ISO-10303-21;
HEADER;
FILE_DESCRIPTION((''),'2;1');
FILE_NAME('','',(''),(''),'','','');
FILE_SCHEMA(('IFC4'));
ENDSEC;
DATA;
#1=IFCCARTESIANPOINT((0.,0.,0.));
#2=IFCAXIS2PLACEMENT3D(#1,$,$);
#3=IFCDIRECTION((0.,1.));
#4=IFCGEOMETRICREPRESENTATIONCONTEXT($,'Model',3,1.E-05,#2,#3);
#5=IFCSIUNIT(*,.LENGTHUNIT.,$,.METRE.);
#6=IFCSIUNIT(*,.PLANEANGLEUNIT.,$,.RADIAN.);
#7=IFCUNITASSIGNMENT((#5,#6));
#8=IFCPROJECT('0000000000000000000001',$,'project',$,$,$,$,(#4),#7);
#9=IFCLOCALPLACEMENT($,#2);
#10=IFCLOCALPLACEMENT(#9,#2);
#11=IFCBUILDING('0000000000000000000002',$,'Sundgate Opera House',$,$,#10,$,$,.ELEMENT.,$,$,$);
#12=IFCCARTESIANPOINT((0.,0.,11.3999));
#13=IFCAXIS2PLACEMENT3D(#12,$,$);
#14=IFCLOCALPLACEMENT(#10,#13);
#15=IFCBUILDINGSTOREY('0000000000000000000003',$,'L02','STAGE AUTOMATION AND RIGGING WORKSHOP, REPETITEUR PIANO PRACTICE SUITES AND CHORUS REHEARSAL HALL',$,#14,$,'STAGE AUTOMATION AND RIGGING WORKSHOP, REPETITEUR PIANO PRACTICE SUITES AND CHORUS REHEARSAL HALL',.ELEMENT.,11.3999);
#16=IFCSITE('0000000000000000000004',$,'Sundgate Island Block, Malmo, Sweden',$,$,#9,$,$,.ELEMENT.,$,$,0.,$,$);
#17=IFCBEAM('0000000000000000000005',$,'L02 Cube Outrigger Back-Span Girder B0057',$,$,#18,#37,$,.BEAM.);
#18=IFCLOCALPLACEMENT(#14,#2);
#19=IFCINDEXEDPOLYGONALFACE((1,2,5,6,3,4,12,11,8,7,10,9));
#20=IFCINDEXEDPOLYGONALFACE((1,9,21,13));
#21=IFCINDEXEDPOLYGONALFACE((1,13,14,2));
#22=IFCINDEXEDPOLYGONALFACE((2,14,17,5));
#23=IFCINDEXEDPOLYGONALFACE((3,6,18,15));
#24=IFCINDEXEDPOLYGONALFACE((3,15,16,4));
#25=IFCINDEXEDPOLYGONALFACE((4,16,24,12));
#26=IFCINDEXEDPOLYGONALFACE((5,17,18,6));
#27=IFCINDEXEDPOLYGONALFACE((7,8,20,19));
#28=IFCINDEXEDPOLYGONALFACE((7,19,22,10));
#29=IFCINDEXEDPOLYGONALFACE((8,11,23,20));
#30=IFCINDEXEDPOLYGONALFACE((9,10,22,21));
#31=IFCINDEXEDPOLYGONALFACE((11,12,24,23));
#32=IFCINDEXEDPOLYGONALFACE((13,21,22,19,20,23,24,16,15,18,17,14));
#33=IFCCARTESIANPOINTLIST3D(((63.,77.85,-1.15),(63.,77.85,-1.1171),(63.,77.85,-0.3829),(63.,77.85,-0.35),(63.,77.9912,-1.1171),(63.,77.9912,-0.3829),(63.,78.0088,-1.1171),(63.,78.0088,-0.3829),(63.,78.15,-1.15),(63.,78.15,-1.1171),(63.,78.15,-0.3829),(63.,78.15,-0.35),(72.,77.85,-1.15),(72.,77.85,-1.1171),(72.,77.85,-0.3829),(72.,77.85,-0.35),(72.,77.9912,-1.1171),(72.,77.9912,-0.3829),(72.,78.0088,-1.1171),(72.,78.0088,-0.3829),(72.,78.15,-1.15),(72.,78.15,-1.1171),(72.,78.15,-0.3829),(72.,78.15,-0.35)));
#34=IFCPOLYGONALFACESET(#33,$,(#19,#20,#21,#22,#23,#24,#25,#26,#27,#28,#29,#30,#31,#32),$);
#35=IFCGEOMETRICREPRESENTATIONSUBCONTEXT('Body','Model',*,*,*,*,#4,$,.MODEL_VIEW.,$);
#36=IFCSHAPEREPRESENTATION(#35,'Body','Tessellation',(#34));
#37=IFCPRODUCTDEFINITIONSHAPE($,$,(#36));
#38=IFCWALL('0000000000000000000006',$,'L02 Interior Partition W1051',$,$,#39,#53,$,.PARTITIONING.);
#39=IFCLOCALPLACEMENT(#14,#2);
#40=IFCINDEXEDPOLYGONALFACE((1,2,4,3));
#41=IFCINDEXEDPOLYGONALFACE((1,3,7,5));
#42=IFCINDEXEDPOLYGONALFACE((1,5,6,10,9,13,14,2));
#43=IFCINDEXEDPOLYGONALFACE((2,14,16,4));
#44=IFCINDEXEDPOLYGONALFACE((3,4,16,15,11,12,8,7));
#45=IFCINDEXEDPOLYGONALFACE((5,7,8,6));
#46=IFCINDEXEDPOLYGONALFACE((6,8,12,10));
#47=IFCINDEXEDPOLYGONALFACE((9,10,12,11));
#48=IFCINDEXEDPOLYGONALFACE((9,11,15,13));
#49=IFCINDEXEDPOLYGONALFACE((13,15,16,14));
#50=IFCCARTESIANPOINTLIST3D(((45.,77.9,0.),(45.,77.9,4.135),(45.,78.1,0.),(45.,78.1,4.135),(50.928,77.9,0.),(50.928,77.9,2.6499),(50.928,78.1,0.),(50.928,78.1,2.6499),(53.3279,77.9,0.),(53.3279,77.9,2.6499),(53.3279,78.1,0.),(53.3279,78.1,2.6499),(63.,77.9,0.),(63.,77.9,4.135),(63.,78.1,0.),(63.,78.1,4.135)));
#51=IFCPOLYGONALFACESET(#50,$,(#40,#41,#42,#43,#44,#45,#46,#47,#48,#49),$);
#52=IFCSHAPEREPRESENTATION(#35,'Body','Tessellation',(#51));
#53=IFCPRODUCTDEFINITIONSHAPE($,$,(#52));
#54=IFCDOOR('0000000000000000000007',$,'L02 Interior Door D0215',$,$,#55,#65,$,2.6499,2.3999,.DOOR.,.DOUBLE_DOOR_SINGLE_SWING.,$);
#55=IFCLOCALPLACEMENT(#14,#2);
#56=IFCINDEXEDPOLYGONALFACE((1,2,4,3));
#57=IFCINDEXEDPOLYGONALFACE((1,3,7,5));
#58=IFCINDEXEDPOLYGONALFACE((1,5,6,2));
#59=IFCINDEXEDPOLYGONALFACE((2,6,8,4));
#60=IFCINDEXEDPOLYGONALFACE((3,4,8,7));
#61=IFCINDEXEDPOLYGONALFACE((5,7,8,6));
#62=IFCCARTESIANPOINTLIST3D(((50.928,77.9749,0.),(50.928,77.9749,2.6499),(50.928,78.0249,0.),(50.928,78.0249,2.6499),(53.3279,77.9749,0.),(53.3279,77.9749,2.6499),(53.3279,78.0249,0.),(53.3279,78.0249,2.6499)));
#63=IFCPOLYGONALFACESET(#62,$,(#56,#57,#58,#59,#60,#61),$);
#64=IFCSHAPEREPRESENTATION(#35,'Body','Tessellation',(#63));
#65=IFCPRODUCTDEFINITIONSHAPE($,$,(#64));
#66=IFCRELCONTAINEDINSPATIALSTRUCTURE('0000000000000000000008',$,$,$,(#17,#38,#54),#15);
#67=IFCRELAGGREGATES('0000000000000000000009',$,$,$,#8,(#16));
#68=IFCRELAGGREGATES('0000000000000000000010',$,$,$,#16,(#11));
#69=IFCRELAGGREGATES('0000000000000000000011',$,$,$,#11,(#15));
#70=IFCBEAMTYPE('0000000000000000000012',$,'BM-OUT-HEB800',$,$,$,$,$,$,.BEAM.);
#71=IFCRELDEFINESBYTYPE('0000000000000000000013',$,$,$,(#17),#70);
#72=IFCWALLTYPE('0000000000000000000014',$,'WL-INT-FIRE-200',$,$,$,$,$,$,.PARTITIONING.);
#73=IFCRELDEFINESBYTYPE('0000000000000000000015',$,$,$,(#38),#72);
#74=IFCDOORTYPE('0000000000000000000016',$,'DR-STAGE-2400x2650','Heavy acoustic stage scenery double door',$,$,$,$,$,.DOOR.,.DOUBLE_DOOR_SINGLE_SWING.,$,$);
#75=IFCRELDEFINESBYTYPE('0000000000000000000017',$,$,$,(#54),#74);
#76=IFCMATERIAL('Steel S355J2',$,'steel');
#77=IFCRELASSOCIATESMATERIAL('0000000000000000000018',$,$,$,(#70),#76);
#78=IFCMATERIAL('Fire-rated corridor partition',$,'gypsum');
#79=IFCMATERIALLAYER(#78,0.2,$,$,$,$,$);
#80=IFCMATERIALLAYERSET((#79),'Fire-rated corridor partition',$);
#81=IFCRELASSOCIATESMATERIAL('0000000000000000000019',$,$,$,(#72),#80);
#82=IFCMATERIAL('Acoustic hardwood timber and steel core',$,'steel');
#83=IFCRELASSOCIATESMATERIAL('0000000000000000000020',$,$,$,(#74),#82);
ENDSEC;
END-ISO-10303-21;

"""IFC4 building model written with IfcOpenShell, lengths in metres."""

from ifc_helpers import new_model, si_unit, direction, frame, frame_2d, origin, origin_2d, place, context, subcontext, project, spatial, rectangle, i_section, extrude, material, layer, layer_set, material_profile, profile_set, type_object, element, fill, save


model = new_model("IFC4")

# Units and contexts
model_context = context("Model", 3, precision=1e-05, world=origin(), true_north=direction((0.0, 1.0)))
body_context = subcontext(model_context, "Body", "Model", "MODEL_VIEW")
ifc_project = project(units=[si_unit("LENGTHUNIT", "METRE"), si_unit("PLANEANGLEUNIT", "RADIAN")], contexts=[model_context])

# Site, building, storey
site_placement = place(None, origin())
site = spatial("IfcSite", under=ifc_project, at=site_placement, Name="Sundgate Island Block, Malmo, Sweden", CompositionType="ELEMENT", RefElevation=0.0)
building_placement = place(site_placement, origin())
building = spatial("IfcBuilding", under=site, at=building_placement, Name="Sundgate Opera House", CompositionType="ELEMENT")
storey_placement = place(building_placement, frame((0.0, 0.0, 11.3999)))
storey = spatial("IfcBuildingStorey", under=building, at=storey_placement, Name="L02", Description="STAGE AUTOMATION AND RIGGING WORKSHOP, REPETITEUR PIANO PRACTICE SUITES AND CHORUS REHEARSAL HALL", LongName="STAGE AUTOMATION AND RIGGING WORKSHOP, REPETITEUR PIANO PRACTICE SUITES AND CHORUS REHEARSAL HALL", CompositionType="ELEMENT", Elevation=11.3999)

# Beam
ifc_material_1 = material(Name="Steel S355J2", Category="steel")
ifc_material_profile_1 = material_profile(ifc_material_1, i_section(OverallWidth=0.3, OverallDepth=0.8, WebThickness=0.0176, FlangeThickness=0.033, at=origin_2d()), Name="HEB 800")
ifc_profile_set_1 = profile_set([ifc_material_profile_1], Name="Steel S355J2")
beam_type_1 = type_object("IfcBeamType", Name="BM-OUT-HEB800", PredefinedType="BEAM", material=ifc_profile_set_1)
for number, where, z_axis, x_axis, name in (
    (1, (63.0, 78.0, -0.75), (1.0, 0.0, 0.0), (0.0, 1.0, 0.0), "L02 Cube Outrigger Back-Span Girder B0057"),
):
    element("IfcBeam", number, at=place(storey_placement, frame(where, z_axis=z_axis, x_axis=x_axis)), inside=storey, type_object=beam_type_1, Name=name, PredefinedType="BEAM", context=body_context, shape_type="SweptSolid", body=[
        extrude(i_section(OverallWidth=0.3, OverallDepth=0.8, WebThickness=0.0176, FlangeThickness=0.033, at=origin_2d()), origin(), (0.0, 0.0, 1.0), 9.0),
    ])

# Wall, opening, door
ifc_material_2 = material(Name="Fire-rated corridor partition", Category="gypsum")
ifc_layer = layer(ifc_material_2, 0.2)
ifc_layer_set = layer_set([ifc_layer], Name="Fire-rated corridor partition")
wall_type = type_object("IfcWallType", Name="WL-INT-FIRE-200", PredefinedType="PARTITIONING", material=ifc_layer_set)
wall_placement = place(storey_placement, frame((45.0, 78.0, 0.0), z_axis=(0.0, 0.0, 1.0), x_axis=(1.0, 0.0, 0.0)))
wall = element("IfcWall", 2, at=wall_placement, inside=storey, type_object=wall_type, Name="L02 Interior Partition W1051", PredefinedType="PARTITIONING", context=body_context, shape_type="SweptSolid", body=[
    extrude(rectangle(XDim=18.0, YDim=0.2, at=frame_2d((9.0, 0.0))), origin(), (0.0, 0.0, 1.0), 4.135),
])
opening_placement = place(wall_placement, frame((5.928, 0.0, 0.0)))
opening = element("IfcOpeningElement", 3, at=opening_placement, cuts=wall, PredefinedType="OPENING", context=body_context, shape_type="SweptSolid", body=[
    extrude(rectangle(XDim=2.3999, YDim=2.6499, at=frame_2d((1.2, 1.325))), frame((0.0, 0.1099, 0.0), z_axis=(0.0, -1.0, 0.0), x_axis=(1.0, 0.0, 0.0)), (0.0, 0.0, 1.0), 0.22),
])
ifc_material_3 = material(Name="Acoustic hardwood timber and steel core", Category="steel")
door_type = type_object("IfcDoorType", Name="DR-STAGE-2400x2650", Description="Heavy acoustic stage scenery double door", OperationType="DOUBLE_DOOR_SINGLE_SWING", PredefinedType="DOOR", material=ifc_material_3)
door_placement = place(opening_placement, origin())
door = element("IfcDoor", 4, at=door_placement, inside=storey, type_object=door_type, Name="L02 Interior Door D0215", OperationType="DOUBLE_DOOR_SINGLE_SWING", OverallHeight=2.6499, OverallWidth=2.3999, PredefinedType="DOOR", context=body_context, shape_type="SweptSolid", body=[
    extrude(rectangle(XDim=2.3999, YDim=2.6499, at=frame_2d((1.2, 1.325))), frame((0.0, 0.0249, 0.0), z_axis=(0.0, -1.0, 0.0), x_axis=(1.0, 0.0, 0.0)), (0.0, 0.0, 1.0), 0.05),
])
fill(opening, door)

save(model, "model.ifc")
